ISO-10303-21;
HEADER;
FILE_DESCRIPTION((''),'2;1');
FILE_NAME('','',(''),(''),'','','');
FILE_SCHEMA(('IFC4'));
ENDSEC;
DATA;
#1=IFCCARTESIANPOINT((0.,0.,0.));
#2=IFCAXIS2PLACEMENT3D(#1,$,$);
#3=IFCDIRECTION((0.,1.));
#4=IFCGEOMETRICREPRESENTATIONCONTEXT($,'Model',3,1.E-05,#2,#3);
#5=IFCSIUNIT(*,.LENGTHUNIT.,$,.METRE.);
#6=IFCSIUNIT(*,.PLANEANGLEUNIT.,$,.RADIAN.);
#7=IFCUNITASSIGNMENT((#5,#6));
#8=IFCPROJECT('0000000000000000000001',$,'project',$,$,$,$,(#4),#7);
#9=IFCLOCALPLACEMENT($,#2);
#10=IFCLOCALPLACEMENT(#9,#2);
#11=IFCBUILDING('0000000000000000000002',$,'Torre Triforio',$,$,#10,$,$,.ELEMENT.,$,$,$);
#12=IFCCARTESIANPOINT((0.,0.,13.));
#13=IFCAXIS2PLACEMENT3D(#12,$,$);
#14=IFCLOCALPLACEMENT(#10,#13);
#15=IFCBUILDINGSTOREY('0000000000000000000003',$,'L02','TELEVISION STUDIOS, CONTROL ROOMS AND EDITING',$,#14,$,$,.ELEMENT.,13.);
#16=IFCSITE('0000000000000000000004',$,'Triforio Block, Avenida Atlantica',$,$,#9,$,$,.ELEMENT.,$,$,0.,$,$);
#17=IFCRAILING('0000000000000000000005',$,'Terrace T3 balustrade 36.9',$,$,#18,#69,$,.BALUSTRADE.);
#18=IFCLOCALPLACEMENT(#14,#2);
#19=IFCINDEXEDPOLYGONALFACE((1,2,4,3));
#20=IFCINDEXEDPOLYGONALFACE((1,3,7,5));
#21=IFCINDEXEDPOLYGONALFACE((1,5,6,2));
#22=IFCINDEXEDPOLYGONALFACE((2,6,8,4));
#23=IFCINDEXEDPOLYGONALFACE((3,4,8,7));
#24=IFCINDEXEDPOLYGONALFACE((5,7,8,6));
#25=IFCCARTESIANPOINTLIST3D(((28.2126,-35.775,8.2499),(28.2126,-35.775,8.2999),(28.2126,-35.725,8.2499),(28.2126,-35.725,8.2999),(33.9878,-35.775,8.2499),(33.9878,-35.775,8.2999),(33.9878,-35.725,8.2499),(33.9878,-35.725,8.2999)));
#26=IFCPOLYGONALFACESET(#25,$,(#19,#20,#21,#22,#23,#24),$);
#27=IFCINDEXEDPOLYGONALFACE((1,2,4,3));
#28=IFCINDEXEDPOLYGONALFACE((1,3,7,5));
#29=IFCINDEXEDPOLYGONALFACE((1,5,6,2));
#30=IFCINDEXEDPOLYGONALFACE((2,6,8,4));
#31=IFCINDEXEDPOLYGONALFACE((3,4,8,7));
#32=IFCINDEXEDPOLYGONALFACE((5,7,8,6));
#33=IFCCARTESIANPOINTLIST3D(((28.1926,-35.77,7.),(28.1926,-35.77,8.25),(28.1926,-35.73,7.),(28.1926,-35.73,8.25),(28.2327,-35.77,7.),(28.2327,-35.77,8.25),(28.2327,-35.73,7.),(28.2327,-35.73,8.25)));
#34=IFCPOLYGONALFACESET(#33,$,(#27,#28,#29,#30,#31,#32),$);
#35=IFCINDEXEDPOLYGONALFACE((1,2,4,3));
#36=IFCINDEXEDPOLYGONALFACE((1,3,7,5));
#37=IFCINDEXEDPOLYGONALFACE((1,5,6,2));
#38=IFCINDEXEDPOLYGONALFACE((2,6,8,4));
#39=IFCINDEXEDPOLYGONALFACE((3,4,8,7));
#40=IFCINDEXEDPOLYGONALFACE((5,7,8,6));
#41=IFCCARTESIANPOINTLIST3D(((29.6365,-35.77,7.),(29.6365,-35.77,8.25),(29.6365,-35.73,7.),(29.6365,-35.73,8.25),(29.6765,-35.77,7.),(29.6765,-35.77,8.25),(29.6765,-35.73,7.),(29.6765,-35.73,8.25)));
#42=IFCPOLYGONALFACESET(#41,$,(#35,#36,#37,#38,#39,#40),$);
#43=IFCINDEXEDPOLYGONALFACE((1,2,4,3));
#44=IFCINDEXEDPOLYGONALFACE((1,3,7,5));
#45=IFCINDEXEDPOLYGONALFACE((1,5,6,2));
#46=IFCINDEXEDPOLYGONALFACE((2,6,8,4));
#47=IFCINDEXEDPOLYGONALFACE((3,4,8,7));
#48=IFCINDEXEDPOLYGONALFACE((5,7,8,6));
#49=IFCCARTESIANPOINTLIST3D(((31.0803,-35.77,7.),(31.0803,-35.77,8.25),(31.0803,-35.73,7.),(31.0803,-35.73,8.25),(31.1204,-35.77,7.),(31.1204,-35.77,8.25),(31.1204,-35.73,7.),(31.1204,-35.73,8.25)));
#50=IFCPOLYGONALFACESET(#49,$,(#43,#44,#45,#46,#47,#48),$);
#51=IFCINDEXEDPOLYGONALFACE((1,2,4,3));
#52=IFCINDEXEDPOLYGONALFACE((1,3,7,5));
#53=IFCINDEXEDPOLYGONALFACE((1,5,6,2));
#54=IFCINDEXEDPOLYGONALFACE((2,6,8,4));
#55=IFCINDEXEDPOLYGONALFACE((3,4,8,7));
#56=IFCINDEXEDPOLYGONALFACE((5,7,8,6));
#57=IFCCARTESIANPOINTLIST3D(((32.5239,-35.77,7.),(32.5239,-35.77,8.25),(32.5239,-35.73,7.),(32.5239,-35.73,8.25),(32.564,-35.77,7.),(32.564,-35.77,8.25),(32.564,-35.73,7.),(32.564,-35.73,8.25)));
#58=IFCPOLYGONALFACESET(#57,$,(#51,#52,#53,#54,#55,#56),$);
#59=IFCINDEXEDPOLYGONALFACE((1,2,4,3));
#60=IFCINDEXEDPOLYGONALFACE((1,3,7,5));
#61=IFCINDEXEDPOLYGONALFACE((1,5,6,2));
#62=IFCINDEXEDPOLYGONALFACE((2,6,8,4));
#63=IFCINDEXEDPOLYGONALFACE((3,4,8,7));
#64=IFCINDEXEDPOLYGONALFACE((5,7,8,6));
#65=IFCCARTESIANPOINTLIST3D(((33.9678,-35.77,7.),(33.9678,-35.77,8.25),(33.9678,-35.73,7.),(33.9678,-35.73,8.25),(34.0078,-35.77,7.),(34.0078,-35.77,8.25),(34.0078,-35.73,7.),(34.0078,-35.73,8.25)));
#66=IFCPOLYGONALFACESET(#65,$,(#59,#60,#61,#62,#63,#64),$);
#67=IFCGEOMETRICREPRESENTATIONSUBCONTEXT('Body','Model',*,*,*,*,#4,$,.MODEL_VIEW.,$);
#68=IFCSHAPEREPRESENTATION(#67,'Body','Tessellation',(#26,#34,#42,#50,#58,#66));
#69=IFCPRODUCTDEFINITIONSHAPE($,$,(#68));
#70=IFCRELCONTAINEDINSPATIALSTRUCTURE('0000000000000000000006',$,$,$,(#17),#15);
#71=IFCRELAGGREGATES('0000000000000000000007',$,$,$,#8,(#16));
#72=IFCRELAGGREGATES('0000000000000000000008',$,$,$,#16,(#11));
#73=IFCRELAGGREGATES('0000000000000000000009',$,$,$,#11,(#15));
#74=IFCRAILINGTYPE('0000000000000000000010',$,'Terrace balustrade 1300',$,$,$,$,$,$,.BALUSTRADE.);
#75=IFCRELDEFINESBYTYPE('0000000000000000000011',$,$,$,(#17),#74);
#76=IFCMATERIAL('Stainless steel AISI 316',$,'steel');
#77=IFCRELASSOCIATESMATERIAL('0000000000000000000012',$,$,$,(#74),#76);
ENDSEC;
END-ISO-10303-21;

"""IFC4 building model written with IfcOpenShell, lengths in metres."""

from ifc_helpers import new_model, si_unit, direction, frame, origin, origin_2d, place, context, subcontext, project, spatial, rectangle, extrude, material, type_object, element, save


model = new_model("IFC4")

# Units and contexts
model_context = context("Model", 3, precision=1e-05, world=origin(), true_north=direction((0.0, 1.0)))
body_context = subcontext(model_context, "Body", "Model", "MODEL_VIEW")
ifc_project = project(units=[si_unit("LENGTHUNIT", "METRE"), si_unit("PLANEANGLEUNIT", "RADIAN")], contexts=[model_context])

# Site, building, storey
site_placement = place(None, origin())
site = spatial("IfcSite", under=ifc_project, at=site_placement, Name="Triforio Block, Avenida Atlantica", CompositionType="ELEMENT", RefElevation=0.0)
building_placement = place(site_placement, origin())
building = spatial("IfcBuilding", under=site, at=building_placement, Name="Torre Triforio", CompositionType="ELEMENT")
storey_placement = place(building_placement, frame((0.0, 0.0, 13.0)))
storey = spatial("IfcBuildingStorey", under=building, at=storey_placement, Name="L02", Description="TELEVISION STUDIOS, CONTROL ROOMS AND EDITING", CompositionType="ELEMENT", Elevation=13.0)

# Railing
ifc_material_1 = material(Name="Stainless steel AISI 316", Category="steel")
railing_type = type_object("IfcRailingType", Name="Terrace balustrade 1300", PredefinedType="BALUSTRADE", material=ifc_material_1)
railing_1_placement = place(storey_placement, frame((28.2126, -35.75, 7.0)))
element("IfcRailing", 1, at=railing_1_placement, inside=storey, type_object=railing_type, Name="Terrace T3 balustrade 36.9", PredefinedType="BALUSTRADE", context=body_context, shape_type="SweptSolid", body=[
    extrude(rectangle(XDim=0.05, YDim=0.05, at=origin_2d()), frame((0.0, 0.0, 1.2749), z_axis=(1.0, 0.0, 0.0), x_axis=(0.0, 1.0, 0.0)), (0.0, 0.0, 1.0), 5.7751),
    extrude(rectangle(XDim=0.04, YDim=0.04, at=origin_2d()), origin(), (0.0, 0.0, 1.0), 1.25),
    extrude(rectangle(XDim=0.04, YDim=0.04, at=origin_2d()), frame((1.4438, 0.0, 0.0)), (0.0, 0.0, 1.0), 1.25),
    extrude(rectangle(XDim=0.04, YDim=0.04, at=origin_2d()), frame((2.8877, 0.0, 0.0)), (0.0, 0.0, 1.0), 1.25),
    extrude(rectangle(XDim=0.04, YDim=0.04, at=origin_2d()), frame((4.3313, 0.0, 0.0)), (0.0, 0.0, 1.0), 1.25),
    extrude(rectangle(XDim=0.04, YDim=0.04, at=origin_2d()), frame((5.7751, 0.0, 0.0)), (0.0, 0.0, 1.0), 1.25),
])

save(model, "model.ifc")
